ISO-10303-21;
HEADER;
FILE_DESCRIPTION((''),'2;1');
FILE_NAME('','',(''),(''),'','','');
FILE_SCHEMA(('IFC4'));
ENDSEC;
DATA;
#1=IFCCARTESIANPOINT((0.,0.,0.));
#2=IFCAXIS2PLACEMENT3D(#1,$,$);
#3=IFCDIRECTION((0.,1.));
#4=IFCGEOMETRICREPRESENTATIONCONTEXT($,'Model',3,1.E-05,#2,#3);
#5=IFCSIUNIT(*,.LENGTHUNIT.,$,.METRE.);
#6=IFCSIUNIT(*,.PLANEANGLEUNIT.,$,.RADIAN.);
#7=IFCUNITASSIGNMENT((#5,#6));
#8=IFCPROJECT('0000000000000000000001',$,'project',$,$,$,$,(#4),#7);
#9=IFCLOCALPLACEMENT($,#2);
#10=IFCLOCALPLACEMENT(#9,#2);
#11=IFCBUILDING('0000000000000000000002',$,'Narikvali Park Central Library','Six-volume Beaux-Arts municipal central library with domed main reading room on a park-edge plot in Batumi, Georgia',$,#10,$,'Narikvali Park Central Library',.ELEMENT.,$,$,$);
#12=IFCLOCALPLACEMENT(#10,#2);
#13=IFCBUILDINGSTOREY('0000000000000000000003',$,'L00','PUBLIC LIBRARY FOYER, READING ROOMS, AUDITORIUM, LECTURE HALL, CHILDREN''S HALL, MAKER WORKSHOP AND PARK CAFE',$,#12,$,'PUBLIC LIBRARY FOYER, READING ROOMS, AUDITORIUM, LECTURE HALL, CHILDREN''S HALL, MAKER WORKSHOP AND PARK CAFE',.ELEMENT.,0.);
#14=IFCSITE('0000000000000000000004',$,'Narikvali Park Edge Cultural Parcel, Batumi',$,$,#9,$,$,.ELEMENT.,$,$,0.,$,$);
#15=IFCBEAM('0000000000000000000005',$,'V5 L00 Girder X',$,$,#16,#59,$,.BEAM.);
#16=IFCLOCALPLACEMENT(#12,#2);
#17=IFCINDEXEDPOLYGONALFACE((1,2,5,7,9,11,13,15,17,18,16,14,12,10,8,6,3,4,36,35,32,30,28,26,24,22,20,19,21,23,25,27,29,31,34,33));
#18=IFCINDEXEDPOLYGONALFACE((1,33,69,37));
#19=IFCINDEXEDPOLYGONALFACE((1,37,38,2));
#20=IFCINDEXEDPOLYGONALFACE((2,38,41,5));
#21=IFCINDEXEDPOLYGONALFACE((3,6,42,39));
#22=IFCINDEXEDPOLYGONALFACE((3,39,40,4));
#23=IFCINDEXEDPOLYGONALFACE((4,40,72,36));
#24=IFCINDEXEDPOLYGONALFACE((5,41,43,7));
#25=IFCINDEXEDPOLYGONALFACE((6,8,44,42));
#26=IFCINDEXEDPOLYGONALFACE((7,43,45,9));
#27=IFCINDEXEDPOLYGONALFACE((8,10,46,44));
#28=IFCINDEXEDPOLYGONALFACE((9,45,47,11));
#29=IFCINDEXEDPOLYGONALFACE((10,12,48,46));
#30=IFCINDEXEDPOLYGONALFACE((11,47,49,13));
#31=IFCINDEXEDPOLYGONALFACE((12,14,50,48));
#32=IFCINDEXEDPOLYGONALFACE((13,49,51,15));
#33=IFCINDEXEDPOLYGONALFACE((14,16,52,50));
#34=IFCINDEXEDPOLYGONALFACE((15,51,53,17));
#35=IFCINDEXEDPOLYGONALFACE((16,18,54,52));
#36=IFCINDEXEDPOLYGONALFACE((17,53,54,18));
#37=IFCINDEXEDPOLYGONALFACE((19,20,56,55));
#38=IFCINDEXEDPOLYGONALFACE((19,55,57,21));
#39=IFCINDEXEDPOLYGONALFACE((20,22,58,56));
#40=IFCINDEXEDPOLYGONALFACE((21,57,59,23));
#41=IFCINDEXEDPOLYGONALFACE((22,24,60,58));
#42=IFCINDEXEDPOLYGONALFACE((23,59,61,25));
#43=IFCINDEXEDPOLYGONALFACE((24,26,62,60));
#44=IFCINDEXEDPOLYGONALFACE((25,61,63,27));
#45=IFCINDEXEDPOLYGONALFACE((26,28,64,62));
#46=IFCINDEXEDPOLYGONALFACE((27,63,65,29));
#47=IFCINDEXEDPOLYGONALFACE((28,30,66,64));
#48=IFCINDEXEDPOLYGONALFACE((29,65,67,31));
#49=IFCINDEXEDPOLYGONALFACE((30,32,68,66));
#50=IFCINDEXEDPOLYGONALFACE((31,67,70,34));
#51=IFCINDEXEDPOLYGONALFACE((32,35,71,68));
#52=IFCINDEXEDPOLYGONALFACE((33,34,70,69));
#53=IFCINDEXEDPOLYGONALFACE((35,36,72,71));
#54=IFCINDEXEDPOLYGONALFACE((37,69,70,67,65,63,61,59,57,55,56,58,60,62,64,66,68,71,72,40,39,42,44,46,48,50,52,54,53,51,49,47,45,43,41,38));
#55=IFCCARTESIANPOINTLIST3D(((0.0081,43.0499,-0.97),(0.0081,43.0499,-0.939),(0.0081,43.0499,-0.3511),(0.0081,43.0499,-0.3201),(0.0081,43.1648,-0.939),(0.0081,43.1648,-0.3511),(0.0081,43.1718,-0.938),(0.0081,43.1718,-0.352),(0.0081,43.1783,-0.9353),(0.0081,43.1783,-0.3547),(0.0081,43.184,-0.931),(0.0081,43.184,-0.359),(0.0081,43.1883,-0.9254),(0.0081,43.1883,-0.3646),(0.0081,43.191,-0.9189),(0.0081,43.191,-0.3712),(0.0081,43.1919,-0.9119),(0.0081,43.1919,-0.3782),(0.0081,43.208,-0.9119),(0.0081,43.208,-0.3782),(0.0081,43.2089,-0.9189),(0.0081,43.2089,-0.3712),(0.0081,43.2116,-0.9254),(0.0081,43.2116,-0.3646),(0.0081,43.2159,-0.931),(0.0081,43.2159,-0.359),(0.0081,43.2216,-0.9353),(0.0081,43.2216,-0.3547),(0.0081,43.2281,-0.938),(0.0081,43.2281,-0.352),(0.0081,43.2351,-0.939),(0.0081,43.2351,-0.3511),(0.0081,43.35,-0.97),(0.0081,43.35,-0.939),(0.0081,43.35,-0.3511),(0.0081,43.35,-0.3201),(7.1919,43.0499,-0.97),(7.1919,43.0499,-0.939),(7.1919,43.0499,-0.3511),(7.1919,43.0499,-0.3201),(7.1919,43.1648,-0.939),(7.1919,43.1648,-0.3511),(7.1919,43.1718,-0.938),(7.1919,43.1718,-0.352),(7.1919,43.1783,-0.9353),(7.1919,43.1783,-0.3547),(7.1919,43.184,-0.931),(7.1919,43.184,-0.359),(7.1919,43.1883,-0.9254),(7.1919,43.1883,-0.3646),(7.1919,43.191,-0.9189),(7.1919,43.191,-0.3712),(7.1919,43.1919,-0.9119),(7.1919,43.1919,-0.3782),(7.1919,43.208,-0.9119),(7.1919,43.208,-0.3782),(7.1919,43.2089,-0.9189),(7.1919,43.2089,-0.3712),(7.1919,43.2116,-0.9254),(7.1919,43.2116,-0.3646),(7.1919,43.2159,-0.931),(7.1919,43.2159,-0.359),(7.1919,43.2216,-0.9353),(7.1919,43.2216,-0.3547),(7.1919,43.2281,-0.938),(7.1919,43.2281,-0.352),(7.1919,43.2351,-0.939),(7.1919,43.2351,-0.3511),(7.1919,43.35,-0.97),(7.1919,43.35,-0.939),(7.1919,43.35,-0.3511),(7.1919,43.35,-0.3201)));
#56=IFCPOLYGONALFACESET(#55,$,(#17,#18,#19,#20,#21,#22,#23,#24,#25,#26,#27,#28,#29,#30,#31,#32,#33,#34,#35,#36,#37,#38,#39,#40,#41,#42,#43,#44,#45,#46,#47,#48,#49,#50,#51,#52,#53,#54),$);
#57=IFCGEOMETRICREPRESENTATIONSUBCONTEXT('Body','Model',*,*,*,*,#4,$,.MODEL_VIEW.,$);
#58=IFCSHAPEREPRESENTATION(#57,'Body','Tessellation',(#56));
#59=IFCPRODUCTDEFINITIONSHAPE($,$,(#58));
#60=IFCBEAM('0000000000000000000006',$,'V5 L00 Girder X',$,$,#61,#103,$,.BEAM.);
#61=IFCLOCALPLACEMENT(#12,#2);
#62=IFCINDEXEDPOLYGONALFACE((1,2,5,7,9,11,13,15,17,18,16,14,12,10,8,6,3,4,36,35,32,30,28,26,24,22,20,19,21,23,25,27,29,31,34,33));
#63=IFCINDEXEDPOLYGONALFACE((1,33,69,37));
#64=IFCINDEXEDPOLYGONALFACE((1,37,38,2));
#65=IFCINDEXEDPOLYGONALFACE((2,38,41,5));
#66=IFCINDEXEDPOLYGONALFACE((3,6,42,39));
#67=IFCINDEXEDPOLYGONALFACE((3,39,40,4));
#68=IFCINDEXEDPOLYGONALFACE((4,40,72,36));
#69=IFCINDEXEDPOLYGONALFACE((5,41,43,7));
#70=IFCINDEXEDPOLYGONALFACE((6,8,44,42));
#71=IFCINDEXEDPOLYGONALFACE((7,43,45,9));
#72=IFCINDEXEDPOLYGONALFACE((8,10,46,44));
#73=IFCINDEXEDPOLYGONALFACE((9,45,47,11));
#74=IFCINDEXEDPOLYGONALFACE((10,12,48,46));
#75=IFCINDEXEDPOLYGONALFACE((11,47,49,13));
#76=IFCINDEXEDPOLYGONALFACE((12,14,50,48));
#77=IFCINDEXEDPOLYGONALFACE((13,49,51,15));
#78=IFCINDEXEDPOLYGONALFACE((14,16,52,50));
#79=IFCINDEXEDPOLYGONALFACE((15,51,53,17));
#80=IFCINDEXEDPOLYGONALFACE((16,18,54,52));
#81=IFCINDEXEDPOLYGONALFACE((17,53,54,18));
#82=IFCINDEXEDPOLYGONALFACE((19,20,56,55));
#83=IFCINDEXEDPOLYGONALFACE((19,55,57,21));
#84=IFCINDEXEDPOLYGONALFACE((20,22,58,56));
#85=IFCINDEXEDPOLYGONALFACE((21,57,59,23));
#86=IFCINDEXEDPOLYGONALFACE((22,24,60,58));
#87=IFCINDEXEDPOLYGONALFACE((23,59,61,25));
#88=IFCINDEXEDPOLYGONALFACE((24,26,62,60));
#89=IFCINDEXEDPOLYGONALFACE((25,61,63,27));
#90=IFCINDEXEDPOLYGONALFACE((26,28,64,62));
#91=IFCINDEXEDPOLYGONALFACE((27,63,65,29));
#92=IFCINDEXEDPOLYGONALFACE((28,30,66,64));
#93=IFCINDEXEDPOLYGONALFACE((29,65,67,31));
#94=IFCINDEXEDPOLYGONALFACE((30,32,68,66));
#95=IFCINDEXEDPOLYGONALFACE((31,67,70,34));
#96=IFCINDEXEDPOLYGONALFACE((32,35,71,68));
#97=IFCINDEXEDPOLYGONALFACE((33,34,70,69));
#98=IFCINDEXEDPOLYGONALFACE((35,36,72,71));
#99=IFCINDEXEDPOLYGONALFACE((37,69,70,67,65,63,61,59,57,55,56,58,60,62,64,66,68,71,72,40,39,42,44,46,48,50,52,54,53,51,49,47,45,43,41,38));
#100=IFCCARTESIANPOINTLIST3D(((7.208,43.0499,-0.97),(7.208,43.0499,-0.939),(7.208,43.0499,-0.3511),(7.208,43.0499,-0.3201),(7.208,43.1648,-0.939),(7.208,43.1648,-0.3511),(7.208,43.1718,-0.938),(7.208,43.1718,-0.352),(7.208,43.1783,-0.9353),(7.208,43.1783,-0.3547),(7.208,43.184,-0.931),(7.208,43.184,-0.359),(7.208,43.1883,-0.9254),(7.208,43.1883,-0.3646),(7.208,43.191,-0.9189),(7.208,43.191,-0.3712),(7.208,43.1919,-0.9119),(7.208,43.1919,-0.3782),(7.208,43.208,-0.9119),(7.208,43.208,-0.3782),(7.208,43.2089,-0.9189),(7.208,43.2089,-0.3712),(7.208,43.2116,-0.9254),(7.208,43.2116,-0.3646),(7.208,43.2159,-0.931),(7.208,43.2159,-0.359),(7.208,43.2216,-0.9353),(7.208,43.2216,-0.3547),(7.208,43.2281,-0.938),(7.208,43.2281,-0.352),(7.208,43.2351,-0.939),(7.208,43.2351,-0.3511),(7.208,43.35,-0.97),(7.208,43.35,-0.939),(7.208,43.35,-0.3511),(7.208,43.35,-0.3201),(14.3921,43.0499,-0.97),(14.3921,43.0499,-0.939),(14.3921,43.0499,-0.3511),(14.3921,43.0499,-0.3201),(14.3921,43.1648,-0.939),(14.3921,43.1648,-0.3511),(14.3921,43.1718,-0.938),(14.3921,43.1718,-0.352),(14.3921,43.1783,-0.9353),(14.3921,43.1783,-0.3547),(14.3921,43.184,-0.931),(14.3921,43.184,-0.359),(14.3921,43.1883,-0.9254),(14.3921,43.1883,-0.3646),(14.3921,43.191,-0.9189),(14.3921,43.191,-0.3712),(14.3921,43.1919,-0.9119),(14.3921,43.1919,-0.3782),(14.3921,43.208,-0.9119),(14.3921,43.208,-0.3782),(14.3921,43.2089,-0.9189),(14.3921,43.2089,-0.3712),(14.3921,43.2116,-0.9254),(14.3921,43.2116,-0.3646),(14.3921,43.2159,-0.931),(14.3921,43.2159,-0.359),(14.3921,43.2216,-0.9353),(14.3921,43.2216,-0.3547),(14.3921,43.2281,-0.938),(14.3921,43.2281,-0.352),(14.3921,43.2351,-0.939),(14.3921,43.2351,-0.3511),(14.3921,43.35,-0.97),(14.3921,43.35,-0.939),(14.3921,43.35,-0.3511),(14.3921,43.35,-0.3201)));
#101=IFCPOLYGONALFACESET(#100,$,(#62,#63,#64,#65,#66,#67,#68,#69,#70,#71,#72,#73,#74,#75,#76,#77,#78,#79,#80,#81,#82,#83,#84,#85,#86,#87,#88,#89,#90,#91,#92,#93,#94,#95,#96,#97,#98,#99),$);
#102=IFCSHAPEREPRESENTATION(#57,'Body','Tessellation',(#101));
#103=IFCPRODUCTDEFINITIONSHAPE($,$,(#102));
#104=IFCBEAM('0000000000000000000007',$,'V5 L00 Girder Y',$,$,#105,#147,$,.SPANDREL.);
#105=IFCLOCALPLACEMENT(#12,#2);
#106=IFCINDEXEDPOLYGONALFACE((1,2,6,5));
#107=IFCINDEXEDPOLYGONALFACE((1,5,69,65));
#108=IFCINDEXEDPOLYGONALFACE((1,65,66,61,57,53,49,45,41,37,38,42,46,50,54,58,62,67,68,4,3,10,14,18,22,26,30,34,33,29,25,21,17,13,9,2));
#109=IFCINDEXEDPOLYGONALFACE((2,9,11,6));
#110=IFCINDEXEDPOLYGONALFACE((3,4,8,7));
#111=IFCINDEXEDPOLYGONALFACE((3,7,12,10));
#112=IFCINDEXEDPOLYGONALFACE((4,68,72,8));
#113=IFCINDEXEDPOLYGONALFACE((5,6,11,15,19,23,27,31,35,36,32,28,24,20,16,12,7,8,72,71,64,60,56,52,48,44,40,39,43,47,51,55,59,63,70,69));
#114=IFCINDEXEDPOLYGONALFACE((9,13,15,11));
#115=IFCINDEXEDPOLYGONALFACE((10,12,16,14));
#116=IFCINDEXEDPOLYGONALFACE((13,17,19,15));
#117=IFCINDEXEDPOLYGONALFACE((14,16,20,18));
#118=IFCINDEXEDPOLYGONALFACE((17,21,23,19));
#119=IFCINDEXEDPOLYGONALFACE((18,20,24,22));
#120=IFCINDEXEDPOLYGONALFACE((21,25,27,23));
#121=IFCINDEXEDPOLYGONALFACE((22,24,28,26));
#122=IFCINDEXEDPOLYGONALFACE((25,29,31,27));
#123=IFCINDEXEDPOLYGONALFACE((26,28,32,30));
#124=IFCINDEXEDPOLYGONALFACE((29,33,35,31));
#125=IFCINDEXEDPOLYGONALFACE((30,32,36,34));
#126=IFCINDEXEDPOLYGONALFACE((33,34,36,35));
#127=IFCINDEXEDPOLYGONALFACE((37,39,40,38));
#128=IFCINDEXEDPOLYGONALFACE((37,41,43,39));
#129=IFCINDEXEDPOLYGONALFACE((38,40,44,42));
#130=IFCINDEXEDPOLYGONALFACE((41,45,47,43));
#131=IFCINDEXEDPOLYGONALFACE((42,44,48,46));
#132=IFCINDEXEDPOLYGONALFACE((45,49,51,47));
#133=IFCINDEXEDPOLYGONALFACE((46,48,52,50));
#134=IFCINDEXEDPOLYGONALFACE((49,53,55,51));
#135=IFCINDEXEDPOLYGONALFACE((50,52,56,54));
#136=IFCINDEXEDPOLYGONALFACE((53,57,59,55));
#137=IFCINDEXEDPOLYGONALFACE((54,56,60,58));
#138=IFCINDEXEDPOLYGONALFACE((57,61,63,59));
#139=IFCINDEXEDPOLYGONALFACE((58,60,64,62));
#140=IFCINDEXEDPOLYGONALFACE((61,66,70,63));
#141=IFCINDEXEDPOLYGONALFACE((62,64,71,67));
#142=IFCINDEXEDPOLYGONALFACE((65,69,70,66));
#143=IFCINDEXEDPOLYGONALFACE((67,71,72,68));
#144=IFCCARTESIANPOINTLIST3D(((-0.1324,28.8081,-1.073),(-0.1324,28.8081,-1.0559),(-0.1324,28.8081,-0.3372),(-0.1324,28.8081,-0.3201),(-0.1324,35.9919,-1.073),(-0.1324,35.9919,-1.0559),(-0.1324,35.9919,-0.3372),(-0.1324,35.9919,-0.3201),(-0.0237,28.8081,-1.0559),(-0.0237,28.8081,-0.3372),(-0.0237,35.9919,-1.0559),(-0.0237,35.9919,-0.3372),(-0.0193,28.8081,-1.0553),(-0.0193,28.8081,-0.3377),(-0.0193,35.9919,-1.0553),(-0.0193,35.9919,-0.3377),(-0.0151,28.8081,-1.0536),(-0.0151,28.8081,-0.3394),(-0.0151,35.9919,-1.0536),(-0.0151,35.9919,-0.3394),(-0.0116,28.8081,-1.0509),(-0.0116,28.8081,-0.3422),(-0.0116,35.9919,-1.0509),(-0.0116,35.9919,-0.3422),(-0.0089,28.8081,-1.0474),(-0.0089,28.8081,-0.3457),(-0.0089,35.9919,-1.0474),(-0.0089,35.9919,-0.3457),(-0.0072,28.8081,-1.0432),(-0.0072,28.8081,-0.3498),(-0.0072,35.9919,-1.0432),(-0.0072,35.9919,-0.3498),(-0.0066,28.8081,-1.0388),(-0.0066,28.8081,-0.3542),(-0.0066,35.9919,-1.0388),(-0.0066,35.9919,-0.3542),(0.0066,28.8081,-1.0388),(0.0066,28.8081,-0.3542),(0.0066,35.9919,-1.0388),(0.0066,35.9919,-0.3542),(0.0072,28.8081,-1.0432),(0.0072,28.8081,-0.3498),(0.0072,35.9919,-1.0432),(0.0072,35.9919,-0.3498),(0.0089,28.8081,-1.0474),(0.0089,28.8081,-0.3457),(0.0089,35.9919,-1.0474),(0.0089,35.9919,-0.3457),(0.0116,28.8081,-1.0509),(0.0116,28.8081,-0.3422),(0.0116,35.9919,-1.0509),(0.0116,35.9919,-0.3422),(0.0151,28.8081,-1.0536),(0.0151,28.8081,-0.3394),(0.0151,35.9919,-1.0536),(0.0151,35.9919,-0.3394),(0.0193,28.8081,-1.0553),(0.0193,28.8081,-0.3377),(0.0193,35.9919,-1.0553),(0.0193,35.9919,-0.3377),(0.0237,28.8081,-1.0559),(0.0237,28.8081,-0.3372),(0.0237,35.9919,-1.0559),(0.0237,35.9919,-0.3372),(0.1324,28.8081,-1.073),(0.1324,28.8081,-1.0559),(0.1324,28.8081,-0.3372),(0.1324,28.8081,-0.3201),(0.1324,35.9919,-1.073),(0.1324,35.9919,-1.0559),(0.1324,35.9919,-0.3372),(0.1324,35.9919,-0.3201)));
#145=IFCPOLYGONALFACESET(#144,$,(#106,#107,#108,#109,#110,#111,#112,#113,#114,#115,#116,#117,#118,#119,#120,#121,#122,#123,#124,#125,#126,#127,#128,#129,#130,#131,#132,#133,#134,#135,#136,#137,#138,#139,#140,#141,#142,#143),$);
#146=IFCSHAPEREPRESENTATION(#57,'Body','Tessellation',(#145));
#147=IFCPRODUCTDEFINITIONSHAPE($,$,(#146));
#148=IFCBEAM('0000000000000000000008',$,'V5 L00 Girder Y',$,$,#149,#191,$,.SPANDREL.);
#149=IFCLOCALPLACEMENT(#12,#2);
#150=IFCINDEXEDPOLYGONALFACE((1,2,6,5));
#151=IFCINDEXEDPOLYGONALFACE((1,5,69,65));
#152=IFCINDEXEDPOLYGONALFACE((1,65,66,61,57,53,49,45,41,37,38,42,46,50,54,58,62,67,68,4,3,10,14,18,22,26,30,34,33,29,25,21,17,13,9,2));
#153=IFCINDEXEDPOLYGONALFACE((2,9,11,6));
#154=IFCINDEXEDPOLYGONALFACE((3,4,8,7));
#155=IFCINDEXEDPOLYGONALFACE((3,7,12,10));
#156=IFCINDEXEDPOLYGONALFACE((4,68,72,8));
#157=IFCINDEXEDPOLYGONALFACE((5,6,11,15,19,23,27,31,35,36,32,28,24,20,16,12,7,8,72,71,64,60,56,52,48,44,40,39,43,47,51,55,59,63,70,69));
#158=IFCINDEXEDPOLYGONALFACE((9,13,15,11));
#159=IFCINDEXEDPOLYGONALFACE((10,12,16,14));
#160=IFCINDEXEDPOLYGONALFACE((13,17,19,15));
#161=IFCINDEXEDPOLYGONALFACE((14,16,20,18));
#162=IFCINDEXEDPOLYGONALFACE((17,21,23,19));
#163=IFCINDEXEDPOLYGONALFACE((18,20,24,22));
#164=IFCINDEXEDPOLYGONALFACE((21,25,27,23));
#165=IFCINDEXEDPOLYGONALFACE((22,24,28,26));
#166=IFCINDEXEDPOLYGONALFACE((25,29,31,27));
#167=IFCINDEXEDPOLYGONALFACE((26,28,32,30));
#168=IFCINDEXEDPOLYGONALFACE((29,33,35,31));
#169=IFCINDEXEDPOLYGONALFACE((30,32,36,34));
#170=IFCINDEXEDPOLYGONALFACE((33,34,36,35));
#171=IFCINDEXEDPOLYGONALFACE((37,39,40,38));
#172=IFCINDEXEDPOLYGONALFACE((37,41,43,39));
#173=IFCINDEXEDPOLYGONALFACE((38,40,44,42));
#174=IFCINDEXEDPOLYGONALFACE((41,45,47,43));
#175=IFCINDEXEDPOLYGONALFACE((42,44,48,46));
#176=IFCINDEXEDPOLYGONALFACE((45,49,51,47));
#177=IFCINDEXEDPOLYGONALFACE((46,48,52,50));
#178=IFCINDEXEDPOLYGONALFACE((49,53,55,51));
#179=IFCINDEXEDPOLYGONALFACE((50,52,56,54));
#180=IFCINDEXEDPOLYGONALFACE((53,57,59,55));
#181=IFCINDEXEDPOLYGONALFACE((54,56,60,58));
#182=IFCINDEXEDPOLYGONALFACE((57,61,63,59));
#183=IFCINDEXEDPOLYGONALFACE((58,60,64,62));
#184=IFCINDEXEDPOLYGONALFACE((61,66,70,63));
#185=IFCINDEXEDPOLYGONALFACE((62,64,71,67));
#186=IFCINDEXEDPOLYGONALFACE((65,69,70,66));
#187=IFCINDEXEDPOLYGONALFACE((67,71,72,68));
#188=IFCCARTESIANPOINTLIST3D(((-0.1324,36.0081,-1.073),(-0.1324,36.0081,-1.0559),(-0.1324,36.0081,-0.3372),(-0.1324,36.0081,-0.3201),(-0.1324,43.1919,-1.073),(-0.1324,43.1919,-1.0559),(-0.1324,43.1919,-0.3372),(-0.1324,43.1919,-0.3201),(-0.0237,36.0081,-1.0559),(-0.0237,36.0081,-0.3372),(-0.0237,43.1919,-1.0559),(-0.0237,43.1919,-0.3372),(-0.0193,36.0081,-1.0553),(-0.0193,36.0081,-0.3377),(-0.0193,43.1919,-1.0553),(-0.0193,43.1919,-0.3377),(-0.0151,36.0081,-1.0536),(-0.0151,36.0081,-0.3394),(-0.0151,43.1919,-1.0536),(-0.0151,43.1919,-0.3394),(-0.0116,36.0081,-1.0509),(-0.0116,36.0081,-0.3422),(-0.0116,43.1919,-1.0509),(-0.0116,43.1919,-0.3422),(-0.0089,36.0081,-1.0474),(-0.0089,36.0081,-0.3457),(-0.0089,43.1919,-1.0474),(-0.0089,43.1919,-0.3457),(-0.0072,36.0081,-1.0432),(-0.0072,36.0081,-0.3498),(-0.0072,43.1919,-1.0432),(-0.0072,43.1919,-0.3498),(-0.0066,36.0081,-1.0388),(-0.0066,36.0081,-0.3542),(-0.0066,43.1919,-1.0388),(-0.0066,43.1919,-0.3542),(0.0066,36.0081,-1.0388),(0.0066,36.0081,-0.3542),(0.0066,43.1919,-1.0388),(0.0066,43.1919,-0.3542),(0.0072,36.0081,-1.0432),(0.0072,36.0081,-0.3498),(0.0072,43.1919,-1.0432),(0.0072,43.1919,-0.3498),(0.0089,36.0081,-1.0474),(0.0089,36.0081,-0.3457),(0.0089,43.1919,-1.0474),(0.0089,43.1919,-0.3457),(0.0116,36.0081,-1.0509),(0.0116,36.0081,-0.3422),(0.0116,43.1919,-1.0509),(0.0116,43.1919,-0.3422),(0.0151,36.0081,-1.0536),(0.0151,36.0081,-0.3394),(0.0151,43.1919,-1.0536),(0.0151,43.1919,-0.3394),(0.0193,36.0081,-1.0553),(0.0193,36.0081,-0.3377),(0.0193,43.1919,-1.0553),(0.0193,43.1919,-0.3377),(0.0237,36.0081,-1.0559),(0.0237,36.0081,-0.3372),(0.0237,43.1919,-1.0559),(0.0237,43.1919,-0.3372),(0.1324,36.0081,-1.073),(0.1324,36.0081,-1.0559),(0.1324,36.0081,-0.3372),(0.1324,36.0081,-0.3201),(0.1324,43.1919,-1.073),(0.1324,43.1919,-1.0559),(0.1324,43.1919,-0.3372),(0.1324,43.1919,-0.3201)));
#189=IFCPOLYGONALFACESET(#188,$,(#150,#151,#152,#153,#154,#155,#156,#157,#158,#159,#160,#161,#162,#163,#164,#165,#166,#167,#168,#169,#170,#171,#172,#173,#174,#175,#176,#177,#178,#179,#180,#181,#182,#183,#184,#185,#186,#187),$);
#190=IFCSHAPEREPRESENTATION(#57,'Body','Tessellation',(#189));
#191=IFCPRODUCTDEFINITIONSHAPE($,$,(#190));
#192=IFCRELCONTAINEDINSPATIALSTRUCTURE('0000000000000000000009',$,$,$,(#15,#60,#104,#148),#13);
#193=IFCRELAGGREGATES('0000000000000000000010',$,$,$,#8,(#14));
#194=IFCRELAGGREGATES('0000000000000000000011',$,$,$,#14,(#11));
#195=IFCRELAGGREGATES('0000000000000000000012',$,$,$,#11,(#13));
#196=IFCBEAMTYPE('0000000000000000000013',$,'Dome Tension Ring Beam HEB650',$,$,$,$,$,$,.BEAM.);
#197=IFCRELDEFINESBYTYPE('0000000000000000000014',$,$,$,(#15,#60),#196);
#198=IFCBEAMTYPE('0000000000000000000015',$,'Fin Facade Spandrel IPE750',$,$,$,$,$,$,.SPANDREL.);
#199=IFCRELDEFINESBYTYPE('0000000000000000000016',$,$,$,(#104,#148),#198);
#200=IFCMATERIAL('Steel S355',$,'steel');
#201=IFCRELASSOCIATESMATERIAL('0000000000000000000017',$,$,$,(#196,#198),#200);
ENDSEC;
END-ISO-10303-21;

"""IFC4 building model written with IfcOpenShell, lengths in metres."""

from ifc_helpers import new_model, si_unit, direction, frame, origin, origin_2d, place, context, subcontext, project, spatial, i_section, extrude, material, material_profile, profile_set, type_object, element, save


model = new_model("IFC4")

# Units and contexts
model_context = context("Model", 3, precision=1e-05, world=origin(), true_north=direction((0.0, 1.0)))
body_context = subcontext(model_context, "Body", "Model", "MODEL_VIEW")
ifc_project = project(units=[si_unit("LENGTHUNIT", "METRE"), si_unit("PLANEANGLEUNIT", "RADIAN")], contexts=[model_context])

# Site, building, storey
site_placement = place(None, origin())
site = spatial("IfcSite", under=ifc_project, at=site_placement, Name="Narikvali Park Edge Cultural Parcel, Batumi", CompositionType="ELEMENT", RefElevation=0.0)
building_placement = place(site_placement, origin())
building = spatial("IfcBuilding", under=site, at=building_placement, Name="Narikvali Park Central Library", Description="Six-volume Beaux-Arts municipal central library with domed main reading room on a park-edge plot in Batumi, Georgia", LongName="Narikvali Park Central Library", CompositionType="ELEMENT")
storey_placement = place(building_placement, origin())
storey = spatial("IfcBuildingStorey", under=building, at=storey_placement, Name="L00", Description="PUBLIC LIBRARY FOYER, READING ROOMS, AUDITORIUM, LECTURE HALL, CHILDREN'S HALL, MAKER WORKSHOP AND PARK CAFE", LongName="PUBLIC LIBRARY FOYER, READING ROOMS, AUDITORIUM, LECTURE HALL, CHILDREN'S HALL, MAKER WORKSHOP AND PARK CAFE", CompositionType="ELEMENT", Elevation=0.0)

# Shared definitions
ifc_material_1 = material(Name="Steel S355", Category="steel")

# Beams
ifc_material_profile_1 = material_profile(ifc_material_1, i_section(OverallWidth=0.3, OverallDepth=0.6499, WebThickness=0.0161, FlangeThickness=0.031, FilletRadius=0.0271, at=origin_2d()), Name="HEB 650")
ifc_profile_set_1 = profile_set([ifc_material_profile_1], Name="Steel S355")
beam_type_1 = type_object("IfcBeamType", Name="Dome Tension Ring Beam HEB650", PredefinedType="BEAM", material=ifc_profile_set_1)
beam_1_placement = place(storey_placement, frame((0.0081, 43.2, -0.645), z_axis=(1.0, 0.0, 0.0), x_axis=(0.0, 1.0, 0.0)))
element("IfcBeam", 1, at=beam_1_placement, inside=storey, type_object=beam_type_1, Name="V5 L00 Girder X", PredefinedType="BEAM", context=body_context, shape_type="SweptSolid", body=[
    extrude(i_section(OverallWidth=0.3, OverallDepth=0.6499, WebThickness=0.0161, FlangeThickness=0.031, FilletRadius=0.0271, at=origin_2d()), origin(), (0.0, 0.0, 1.0), 7.1838),
])
beam_2_placement = place(storey_placement, frame((7.208, 43.2, -0.645), z_axis=(1.0, 0.0, 0.0), x_axis=(0.0, 1.0, 0.0)))
element("IfcBeam", 2, at=beam_2_placement, inside=storey, type_object=beam_type_1, Name="V5 L00 Girder X", PredefinedType="BEAM", context=body_context, shape_type="SweptSolid", body=[
    extrude(i_section(OverallWidth=0.3, OverallDepth=0.6499, WebThickness=0.0161, FlangeThickness=0.031, FilletRadius=0.0271, at=origin_2d()), origin(), (0.0, 0.0, 1.0), 7.1841),
])
ifc_material_profile_2 = material_profile(ifc_material_1, i_section(OverallWidth=0.2649, OverallDepth=0.7529, WebThickness=0.0132, FlangeThickness=0.0171, FilletRadius=0.0171, at=origin_2d()), Name="IPE 750x147")
ifc_profile_set_2 = profile_set([ifc_material_profile_2], Name="Steel S355")
beam_type_2 = type_object("IfcBeamType", Name="Fin Facade Spandrel IPE750", PredefinedType="SPANDREL", material=ifc_profile_set_2)
for number, where, z_axis, x_axis, name in (
    (3, (0.0, 28.8081, -0.6965), (0.0, 1.0, 0.0), (-1.0, 0.0, 0.0), "V5 L00 Girder Y"),
    (4, (0.0, 36.0081, -0.6965), (0.0, 1.0, 0.0), (-1.0, 0.0, 0.0), "V5 L00 Girder Y"),
):
    element("IfcBeam", number, at=place(storey_placement, frame(where, z_axis=z_axis, x_axis=x_axis)), inside=storey, type_object=beam_type_2, Name=name, PredefinedType="SPANDREL", context=body_context, shape_type="SweptSolid", body=[
        extrude(i_section(OverallWidth=0.2649, OverallDepth=0.7529, WebThickness=0.0132, FlangeThickness=0.0171, FilletRadius=0.0171, at=origin_2d()), origin(), (0.0, 0.0, 1.0), 7.1838),
    ])

save(model, "model.ifc")
